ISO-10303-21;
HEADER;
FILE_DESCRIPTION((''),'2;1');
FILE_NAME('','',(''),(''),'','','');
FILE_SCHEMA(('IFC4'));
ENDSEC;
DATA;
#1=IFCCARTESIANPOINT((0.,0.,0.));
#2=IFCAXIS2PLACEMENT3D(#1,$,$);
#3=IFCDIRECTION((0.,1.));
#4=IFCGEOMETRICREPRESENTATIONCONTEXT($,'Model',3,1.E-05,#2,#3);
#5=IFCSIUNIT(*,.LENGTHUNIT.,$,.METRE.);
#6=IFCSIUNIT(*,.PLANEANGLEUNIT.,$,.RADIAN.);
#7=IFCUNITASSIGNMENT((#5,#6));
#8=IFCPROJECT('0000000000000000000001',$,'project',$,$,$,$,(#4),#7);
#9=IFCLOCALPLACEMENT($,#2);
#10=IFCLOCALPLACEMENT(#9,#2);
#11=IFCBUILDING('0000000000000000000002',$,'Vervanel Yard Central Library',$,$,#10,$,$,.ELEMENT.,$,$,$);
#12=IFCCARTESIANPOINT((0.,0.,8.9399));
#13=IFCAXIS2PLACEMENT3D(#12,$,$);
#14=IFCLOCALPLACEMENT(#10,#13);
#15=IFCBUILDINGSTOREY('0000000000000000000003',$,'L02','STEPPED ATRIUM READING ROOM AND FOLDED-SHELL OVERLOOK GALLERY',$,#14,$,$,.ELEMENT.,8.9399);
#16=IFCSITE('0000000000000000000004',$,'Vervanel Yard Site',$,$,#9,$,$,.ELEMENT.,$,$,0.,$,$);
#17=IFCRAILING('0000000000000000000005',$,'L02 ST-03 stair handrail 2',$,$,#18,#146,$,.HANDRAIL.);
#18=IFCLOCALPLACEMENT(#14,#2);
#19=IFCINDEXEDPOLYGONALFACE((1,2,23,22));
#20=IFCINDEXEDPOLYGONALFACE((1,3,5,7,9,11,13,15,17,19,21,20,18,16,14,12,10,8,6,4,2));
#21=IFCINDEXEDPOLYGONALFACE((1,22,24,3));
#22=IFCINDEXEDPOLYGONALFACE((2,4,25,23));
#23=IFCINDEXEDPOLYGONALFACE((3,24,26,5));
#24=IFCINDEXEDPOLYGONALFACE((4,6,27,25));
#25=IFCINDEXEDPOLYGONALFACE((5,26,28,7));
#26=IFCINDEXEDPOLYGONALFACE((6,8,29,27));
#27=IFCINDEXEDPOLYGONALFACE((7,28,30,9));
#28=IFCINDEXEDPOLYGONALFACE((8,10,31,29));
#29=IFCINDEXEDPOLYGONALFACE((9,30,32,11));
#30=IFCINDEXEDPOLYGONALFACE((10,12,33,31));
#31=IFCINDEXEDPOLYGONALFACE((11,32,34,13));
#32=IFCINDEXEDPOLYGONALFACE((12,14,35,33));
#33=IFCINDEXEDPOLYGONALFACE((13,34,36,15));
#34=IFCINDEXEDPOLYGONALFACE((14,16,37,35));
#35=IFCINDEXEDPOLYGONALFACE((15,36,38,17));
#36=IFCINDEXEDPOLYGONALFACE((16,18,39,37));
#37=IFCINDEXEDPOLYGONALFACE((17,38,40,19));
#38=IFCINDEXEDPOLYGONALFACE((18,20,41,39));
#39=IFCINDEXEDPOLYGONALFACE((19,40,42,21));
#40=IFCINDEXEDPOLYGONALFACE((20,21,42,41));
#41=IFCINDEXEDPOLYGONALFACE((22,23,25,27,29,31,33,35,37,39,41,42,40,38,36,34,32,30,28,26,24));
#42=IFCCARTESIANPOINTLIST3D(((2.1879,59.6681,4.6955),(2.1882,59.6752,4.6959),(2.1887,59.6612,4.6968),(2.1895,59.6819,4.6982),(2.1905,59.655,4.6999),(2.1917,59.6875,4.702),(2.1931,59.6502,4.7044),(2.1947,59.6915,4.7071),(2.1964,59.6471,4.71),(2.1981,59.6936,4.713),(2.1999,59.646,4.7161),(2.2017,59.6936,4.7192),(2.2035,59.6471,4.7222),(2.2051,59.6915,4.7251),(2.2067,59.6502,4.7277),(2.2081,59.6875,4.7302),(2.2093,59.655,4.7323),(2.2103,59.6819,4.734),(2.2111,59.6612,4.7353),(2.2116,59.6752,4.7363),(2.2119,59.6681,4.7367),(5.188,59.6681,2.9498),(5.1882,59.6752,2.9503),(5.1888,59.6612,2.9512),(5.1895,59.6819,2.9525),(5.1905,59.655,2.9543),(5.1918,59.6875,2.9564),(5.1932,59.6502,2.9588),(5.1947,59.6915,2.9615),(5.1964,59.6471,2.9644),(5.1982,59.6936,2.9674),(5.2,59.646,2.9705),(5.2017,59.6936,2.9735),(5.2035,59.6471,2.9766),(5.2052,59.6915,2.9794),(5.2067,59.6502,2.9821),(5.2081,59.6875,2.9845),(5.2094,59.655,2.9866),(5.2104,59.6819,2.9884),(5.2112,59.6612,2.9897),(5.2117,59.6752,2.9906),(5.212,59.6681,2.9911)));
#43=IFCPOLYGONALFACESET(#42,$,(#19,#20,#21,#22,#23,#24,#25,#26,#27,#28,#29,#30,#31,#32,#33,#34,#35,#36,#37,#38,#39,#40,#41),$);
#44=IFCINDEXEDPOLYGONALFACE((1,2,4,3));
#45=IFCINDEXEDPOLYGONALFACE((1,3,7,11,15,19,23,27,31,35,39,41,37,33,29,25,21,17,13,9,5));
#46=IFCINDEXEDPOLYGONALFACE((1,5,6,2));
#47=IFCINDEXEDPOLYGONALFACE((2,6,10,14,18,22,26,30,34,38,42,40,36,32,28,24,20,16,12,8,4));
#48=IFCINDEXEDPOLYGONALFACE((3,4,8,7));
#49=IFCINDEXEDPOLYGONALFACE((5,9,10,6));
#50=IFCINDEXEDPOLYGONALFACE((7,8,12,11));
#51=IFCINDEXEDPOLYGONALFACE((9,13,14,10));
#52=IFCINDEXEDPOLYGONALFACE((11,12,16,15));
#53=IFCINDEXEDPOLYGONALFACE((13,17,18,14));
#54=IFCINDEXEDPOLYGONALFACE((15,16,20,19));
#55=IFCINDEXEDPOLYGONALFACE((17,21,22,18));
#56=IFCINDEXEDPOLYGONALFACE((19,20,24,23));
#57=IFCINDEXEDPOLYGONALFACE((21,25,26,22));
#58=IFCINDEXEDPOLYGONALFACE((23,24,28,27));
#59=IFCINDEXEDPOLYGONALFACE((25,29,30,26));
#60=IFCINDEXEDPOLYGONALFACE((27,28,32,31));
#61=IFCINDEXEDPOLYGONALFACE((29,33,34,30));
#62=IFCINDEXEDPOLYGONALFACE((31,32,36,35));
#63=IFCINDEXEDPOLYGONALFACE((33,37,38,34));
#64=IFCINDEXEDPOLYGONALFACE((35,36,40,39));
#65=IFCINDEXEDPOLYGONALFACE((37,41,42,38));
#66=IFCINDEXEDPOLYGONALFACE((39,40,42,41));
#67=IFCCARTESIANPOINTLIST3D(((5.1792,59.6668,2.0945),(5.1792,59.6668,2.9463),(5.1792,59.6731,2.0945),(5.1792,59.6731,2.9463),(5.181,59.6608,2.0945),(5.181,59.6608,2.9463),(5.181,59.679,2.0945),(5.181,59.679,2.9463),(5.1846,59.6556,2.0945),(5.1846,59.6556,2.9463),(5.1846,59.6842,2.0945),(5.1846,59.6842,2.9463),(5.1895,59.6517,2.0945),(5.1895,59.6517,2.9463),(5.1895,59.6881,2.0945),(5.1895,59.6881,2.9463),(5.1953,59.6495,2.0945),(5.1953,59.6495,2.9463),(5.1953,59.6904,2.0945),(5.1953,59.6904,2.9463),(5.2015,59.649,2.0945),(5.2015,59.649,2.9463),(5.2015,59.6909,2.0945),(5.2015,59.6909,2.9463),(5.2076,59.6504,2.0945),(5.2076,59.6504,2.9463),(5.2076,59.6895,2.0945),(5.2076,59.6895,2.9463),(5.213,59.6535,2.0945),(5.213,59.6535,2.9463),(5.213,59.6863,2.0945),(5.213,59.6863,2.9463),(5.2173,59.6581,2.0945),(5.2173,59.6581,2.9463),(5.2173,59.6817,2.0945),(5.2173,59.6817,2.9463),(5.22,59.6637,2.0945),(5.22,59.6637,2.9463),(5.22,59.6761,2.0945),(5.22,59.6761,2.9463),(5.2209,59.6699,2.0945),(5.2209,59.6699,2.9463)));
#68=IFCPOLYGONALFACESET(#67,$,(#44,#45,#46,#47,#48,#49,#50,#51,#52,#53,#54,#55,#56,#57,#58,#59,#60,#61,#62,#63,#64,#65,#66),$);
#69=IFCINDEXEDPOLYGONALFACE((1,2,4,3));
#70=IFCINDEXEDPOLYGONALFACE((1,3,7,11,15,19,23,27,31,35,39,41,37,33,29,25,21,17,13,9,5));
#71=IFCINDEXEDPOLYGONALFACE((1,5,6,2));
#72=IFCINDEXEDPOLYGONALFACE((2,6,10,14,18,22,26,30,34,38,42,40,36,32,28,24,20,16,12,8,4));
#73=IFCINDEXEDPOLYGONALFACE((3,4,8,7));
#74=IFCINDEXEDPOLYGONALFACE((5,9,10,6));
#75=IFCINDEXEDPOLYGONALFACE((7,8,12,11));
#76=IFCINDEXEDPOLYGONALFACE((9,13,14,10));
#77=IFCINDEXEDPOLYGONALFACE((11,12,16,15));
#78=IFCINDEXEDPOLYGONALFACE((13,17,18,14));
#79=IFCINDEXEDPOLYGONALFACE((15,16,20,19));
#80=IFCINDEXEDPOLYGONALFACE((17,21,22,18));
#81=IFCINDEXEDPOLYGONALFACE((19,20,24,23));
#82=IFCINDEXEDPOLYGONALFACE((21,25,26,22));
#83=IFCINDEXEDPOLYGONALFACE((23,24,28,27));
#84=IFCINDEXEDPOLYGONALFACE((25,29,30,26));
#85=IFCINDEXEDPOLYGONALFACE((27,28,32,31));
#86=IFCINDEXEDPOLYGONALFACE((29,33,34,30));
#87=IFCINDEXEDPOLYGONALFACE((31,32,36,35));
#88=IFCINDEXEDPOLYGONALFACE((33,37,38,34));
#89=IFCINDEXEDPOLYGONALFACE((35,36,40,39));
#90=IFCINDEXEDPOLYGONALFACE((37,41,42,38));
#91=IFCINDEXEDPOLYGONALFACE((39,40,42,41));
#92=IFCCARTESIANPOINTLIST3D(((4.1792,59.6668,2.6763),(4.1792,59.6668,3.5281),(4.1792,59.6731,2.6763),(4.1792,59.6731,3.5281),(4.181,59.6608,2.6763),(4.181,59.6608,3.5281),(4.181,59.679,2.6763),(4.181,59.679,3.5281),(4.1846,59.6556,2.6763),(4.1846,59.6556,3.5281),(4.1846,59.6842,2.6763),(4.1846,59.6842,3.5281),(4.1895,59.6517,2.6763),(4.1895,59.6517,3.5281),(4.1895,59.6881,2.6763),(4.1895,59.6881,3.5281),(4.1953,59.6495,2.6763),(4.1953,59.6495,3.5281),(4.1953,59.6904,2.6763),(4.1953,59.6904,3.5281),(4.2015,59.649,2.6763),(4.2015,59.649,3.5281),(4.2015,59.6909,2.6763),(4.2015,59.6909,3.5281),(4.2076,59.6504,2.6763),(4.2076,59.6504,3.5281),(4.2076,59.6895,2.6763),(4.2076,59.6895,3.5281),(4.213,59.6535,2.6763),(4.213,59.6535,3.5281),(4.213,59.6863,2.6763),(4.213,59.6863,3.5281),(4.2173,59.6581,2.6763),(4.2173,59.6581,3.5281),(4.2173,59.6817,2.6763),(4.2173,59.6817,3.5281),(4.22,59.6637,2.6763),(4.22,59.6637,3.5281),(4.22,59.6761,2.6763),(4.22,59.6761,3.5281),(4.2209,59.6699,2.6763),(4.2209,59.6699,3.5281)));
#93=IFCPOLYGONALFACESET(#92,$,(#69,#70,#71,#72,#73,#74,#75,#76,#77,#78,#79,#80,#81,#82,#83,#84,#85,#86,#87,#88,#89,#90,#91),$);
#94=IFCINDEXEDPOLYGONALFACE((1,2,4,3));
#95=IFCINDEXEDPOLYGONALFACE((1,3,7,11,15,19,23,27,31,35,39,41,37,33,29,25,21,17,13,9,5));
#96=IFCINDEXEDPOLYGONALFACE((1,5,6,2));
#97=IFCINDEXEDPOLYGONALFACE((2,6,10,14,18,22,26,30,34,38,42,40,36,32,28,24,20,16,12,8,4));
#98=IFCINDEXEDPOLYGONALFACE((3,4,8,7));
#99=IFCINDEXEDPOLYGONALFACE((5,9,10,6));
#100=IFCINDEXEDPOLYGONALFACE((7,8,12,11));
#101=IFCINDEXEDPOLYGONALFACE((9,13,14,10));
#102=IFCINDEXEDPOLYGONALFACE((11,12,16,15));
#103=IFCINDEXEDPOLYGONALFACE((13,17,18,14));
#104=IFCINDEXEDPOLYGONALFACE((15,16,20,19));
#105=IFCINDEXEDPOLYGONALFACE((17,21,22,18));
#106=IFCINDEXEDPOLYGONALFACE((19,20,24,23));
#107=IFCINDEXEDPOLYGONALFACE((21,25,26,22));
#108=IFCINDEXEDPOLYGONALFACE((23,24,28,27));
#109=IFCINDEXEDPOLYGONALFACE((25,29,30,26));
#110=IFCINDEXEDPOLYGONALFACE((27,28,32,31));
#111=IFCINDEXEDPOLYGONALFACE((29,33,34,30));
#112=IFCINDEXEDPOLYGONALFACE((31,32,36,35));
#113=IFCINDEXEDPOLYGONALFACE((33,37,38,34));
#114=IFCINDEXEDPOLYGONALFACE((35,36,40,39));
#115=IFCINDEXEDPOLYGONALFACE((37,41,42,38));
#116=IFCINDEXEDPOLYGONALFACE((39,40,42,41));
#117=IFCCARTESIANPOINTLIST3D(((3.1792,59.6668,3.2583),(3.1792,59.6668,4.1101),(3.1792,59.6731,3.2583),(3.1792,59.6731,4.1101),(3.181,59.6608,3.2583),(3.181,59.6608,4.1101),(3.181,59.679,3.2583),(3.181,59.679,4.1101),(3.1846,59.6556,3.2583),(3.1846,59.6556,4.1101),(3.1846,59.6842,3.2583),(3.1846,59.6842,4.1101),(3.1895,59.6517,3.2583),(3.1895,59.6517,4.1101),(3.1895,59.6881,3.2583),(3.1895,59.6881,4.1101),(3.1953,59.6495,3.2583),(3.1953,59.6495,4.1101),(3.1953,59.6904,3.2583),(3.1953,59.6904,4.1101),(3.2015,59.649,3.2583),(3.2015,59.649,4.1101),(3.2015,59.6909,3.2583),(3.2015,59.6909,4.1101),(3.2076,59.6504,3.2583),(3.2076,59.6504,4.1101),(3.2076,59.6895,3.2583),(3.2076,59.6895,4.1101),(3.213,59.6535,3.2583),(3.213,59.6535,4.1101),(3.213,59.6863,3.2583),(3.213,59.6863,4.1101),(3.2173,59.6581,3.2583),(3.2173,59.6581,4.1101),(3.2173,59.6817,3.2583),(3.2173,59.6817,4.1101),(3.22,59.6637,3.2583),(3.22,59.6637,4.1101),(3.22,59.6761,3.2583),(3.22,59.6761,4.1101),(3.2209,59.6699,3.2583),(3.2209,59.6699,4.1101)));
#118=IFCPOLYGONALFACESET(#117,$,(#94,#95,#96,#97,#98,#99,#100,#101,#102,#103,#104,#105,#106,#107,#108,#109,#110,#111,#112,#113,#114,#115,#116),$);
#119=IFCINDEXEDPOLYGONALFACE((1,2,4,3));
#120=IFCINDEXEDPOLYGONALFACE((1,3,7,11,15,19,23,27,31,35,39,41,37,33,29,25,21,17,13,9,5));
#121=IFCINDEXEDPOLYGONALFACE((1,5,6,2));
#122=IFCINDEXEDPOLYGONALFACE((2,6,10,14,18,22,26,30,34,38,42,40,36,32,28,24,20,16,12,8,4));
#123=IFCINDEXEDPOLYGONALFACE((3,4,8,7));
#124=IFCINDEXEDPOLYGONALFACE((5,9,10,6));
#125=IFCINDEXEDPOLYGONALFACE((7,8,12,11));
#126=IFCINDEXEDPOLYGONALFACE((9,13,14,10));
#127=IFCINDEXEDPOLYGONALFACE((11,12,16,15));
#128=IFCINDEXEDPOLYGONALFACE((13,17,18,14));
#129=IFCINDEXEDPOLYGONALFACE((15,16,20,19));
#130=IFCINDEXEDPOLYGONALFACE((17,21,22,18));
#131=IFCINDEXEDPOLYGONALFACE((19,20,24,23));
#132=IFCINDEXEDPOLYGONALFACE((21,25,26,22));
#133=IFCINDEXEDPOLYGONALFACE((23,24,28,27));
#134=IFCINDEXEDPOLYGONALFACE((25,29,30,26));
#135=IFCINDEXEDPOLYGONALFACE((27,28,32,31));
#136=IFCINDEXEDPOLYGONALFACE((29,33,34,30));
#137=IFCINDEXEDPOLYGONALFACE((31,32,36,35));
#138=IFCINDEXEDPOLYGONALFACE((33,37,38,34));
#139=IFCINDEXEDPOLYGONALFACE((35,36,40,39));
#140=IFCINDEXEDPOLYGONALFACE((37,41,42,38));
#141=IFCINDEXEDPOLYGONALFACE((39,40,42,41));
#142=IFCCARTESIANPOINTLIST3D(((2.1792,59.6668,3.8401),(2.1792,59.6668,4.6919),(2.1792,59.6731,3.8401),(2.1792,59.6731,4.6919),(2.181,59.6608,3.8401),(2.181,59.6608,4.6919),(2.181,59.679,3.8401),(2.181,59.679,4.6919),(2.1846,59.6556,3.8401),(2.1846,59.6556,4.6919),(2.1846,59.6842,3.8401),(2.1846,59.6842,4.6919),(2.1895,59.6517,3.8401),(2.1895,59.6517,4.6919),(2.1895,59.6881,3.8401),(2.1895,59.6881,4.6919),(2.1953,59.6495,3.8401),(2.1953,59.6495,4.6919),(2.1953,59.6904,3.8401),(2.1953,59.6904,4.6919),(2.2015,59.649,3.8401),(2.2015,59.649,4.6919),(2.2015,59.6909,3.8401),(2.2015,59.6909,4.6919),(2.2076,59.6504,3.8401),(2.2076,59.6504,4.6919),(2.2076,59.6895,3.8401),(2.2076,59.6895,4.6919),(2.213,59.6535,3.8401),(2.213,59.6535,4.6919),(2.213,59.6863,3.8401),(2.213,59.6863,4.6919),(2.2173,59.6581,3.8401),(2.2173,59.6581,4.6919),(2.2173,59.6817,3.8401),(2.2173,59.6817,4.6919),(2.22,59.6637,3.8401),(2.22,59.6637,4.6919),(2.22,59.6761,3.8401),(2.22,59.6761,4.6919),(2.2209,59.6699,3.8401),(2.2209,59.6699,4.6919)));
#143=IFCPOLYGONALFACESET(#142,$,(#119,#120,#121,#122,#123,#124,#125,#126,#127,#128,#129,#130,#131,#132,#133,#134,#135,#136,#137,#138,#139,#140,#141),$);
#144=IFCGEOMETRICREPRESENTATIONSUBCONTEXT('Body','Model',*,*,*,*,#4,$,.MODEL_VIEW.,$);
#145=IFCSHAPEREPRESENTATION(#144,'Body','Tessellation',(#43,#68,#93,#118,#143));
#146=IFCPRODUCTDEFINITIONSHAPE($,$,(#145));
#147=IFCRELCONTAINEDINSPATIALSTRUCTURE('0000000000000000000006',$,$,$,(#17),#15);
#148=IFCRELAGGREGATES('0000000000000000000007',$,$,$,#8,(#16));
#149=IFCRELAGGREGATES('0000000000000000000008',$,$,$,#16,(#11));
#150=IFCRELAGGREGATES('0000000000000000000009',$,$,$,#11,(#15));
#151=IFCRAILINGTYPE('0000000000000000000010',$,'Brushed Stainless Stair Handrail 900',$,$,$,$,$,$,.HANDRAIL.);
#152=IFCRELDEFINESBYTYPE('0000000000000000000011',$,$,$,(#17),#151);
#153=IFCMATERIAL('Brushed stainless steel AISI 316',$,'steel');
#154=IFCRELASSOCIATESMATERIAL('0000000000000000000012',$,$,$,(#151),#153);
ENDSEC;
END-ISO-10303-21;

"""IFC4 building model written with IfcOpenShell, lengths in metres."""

from ifc_helpers import new_model, si_unit, direction, frame, origin, origin_2d, place, context, subcontext, project, spatial, circle, extrude, material, type_object, element, save


model = new_model("IFC4")

# Units and contexts
model_context = context("Model", 3, precision=1e-05, world=origin(), true_north=direction((0.0, 1.0)))
body_context = subcontext(model_context, "Body", "Model", "MODEL_VIEW")
ifc_project = project(units=[si_unit("LENGTHUNIT", "METRE"), si_unit("PLANEANGLEUNIT", "RADIAN")], contexts=[model_context])

# Site, building, storey
site_placement = place(None, origin())
site = spatial("IfcSite", under=ifc_project, at=site_placement, Name="Vervanel Yard Site", CompositionType="ELEMENT", RefElevation=0.0)
building_placement = place(site_placement, origin())
building = spatial("IfcBuilding", under=site, at=building_placement, Name="Vervanel Yard Central Library", CompositionType="ELEMENT")
storey_placement = place(building_placement, frame((0.0, 0.0, 8.9399)))
storey = spatial("IfcBuildingStorey", under=building, at=storey_placement, Name="L02", Description="STEPPED ATRIUM READING ROOM AND FOLDED-SHELL OVERLOOK GALLERY", CompositionType="ELEMENT", Elevation=8.9399)

# Shared definitions
ifc_material_1 = material(Name="Brushed stainless steel AISI 316", Category="steel")

# Railing
railing_type_1 = type_object("IfcRailingType", Name="Brushed Stainless Stair Handrail 900", PredefinedType="HANDRAIL", material=ifc_material_1)
railing_1_placement = place(storey_placement, frame((5.2, 59.6699, 2.0945)))
element("IfcRailing", 1, at=railing_1_placement, inside=storey, type_object=railing_type_1, Name="L02 ST-03 stair handrail 2", PredefinedType="HANDRAIL", context=body_context, shape_type="SweptSolid", body=[
    extrude(circle(Radius=0.0239, at=origin_2d()), frame((0.0, 0.0, 0.876), z_axis=(-0.864329, 0.0, 0.502926), x_axis=(0.0, -1.0, 0.0)), (0.0, 0.0, 1.0), 3.4709),
    extrude(circle(Radius=0.021, at=origin_2d()), origin(), (0.0, 0.0, 1.0), 0.8518),
    extrude(circle(Radius=0.021, at=origin_2d()), frame((-1.0, 0.0, 0.5818)), (0.0, 0.0, 1.0), 0.8518),
    extrude(circle(Radius=0.021, at=origin_2d()), frame((-2.0, 0.0, 1.1638)), (0.0, 0.0, 1.0), 0.8518),
    extrude(circle(Radius=0.021, at=origin_2d()), frame((-3.0, 0.0, 1.7456)), (0.0, 0.0, 1.0), 0.8518),
])

save(model, "model.ifc")
